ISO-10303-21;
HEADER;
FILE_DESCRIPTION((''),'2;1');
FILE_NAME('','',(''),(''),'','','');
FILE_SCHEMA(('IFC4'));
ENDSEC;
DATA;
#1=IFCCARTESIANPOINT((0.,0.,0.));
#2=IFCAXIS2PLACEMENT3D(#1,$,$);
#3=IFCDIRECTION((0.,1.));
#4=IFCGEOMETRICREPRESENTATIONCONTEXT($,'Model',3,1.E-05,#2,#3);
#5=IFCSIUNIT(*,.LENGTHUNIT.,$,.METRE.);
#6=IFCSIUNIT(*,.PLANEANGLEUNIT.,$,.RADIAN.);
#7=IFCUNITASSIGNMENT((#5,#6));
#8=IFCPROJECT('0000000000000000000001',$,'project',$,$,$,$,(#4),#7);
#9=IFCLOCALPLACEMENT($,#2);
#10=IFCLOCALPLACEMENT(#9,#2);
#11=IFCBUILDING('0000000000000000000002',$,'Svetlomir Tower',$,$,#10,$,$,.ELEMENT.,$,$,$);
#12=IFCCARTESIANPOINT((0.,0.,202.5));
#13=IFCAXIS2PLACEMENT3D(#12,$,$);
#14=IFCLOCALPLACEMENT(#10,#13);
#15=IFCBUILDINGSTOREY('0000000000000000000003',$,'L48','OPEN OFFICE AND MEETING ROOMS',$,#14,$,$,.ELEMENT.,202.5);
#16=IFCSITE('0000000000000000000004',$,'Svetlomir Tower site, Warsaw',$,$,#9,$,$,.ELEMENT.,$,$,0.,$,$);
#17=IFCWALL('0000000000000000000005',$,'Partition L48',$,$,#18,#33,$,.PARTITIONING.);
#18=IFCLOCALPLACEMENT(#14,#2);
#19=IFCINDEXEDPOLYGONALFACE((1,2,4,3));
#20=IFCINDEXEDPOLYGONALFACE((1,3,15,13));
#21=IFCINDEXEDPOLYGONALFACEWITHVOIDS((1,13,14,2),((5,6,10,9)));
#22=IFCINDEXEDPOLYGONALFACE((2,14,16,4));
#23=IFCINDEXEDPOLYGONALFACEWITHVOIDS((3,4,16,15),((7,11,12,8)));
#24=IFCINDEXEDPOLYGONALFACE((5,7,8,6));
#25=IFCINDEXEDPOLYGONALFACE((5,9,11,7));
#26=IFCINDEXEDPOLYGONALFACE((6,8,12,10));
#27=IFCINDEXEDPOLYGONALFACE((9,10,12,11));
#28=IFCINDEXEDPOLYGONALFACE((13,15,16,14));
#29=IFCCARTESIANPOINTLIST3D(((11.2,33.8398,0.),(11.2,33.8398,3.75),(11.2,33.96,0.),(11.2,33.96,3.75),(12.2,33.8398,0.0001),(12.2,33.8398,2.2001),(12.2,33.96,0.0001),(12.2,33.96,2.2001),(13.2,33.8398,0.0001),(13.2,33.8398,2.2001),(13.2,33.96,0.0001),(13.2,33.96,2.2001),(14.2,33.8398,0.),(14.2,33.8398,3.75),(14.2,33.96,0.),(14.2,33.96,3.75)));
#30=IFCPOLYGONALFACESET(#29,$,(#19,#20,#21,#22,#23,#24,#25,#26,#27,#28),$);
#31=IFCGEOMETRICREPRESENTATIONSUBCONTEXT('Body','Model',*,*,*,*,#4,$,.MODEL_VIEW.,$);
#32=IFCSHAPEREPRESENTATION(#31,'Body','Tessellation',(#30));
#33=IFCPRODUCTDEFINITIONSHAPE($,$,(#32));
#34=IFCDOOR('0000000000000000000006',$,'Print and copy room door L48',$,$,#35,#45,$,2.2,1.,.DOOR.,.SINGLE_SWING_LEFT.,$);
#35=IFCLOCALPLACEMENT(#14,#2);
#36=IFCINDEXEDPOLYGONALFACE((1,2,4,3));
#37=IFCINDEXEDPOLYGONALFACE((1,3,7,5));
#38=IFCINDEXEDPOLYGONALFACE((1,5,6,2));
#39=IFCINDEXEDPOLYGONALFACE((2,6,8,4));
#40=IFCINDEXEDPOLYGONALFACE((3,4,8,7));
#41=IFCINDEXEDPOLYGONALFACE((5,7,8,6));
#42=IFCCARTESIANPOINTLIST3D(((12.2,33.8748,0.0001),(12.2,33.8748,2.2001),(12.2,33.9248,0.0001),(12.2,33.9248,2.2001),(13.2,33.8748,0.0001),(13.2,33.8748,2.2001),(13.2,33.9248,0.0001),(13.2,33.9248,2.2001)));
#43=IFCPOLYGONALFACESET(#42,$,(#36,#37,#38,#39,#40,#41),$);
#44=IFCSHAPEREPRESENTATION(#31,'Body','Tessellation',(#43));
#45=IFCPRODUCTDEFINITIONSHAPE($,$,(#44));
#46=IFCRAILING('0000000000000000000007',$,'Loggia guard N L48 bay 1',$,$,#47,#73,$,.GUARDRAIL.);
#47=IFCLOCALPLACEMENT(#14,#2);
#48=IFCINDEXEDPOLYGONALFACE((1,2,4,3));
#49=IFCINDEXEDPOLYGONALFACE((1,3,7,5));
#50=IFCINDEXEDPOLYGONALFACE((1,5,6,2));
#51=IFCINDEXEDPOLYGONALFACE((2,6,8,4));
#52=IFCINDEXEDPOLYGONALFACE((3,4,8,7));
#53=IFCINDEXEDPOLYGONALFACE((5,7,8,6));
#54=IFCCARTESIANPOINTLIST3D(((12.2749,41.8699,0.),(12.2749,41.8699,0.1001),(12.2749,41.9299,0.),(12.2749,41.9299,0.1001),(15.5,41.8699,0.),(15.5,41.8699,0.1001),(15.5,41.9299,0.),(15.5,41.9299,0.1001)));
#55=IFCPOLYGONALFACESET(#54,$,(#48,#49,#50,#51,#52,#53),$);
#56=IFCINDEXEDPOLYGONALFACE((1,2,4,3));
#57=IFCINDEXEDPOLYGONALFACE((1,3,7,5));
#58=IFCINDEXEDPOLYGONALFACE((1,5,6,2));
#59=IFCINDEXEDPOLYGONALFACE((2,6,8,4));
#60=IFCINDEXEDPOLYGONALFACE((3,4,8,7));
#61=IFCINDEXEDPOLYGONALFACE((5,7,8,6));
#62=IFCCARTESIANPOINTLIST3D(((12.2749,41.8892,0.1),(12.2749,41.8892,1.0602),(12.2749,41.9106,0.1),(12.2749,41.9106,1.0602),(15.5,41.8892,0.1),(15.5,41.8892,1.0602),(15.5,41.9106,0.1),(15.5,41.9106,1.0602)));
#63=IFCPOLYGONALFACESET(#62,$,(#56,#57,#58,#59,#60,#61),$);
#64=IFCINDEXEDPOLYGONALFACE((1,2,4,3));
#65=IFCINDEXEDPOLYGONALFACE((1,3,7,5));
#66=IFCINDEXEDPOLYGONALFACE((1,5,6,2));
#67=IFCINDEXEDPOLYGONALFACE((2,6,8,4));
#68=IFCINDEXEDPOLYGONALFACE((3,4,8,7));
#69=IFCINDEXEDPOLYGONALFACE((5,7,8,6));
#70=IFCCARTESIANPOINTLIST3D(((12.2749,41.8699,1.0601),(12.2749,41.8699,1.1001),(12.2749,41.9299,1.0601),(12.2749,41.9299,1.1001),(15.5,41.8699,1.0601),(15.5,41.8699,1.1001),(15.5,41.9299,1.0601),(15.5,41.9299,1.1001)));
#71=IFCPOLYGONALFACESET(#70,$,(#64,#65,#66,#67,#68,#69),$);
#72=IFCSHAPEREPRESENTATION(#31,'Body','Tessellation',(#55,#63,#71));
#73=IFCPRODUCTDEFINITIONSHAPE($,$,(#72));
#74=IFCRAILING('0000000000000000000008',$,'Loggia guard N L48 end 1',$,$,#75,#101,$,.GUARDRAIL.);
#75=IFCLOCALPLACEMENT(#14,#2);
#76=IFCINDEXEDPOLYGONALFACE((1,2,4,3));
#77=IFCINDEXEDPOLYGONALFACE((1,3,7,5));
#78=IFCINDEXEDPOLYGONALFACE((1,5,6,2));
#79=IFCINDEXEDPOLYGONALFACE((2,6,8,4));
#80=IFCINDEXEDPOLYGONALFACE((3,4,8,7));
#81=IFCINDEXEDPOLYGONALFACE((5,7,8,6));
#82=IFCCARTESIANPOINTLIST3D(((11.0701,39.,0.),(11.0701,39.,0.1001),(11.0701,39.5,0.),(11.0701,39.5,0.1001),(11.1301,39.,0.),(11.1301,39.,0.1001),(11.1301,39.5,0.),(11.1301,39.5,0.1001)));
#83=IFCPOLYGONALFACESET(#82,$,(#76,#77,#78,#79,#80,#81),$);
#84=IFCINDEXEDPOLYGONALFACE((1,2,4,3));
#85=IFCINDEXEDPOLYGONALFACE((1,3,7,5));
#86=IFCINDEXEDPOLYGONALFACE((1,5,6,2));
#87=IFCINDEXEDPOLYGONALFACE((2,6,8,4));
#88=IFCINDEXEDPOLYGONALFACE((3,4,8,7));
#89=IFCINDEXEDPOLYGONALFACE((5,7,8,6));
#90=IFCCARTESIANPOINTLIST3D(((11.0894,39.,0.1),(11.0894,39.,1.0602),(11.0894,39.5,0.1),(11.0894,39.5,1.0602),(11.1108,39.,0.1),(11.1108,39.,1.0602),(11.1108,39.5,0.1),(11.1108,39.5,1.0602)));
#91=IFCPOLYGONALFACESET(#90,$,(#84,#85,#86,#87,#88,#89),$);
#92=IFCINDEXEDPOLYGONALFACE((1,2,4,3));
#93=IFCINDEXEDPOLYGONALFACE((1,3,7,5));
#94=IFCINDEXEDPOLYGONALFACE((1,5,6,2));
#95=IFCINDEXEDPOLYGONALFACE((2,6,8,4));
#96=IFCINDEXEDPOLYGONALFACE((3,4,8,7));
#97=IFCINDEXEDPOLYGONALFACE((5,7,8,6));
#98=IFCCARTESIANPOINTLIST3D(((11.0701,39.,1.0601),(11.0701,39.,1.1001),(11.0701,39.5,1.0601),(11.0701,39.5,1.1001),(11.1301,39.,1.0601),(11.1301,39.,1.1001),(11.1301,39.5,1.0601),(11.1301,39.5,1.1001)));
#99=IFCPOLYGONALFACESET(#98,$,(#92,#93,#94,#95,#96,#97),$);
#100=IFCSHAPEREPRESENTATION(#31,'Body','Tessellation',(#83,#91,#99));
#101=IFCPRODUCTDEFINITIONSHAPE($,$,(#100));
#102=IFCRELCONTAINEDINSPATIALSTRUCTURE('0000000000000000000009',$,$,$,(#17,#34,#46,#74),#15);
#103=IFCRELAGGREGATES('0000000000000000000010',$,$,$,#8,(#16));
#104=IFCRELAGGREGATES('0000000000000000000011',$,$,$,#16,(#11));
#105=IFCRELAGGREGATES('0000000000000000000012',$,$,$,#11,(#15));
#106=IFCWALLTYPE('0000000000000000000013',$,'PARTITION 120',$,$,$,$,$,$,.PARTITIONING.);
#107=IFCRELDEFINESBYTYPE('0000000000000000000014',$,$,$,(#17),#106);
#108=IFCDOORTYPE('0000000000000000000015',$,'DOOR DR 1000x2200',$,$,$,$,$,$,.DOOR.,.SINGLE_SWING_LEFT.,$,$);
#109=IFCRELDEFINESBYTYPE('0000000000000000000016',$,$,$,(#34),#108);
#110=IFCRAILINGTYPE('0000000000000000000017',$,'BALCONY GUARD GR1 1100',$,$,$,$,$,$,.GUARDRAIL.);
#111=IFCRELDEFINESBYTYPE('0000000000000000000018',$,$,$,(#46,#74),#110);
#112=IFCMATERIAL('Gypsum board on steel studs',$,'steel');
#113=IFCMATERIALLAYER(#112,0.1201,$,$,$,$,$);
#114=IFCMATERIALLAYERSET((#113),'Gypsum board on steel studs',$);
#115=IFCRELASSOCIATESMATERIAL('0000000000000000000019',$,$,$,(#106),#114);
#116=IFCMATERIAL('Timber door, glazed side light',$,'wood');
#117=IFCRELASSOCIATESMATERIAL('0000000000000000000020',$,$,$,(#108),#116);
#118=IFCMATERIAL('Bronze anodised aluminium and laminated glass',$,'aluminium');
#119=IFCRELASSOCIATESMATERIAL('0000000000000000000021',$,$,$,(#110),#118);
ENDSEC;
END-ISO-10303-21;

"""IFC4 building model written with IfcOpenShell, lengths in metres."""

from ifc_helpers import new_model, si_unit, direction, frame, frame_2d, origin, origin_2d, place, context, subcontext, project, spatial, rectangle, extrude, material, layer, layer_set, type_object, element, fill, save


model = new_model("IFC4")

# Units and contexts
model_context = context("Model", 3, precision=1e-05, world=origin(), true_north=direction((0.0, 1.0)))
body_context = subcontext(model_context, "Body", "Model", "MODEL_VIEW")
ifc_project = project(units=[si_unit("LENGTHUNIT", "METRE"), si_unit("PLANEANGLEUNIT", "RADIAN")], contexts=[model_context])

# Site, building, storey
site_placement = place(None, origin())
site = spatial("IfcSite", under=ifc_project, at=site_placement, Name="Svetlomir Tower site, Warsaw", CompositionType="ELEMENT", RefElevation=0.0)
building_placement = place(site_placement, origin())
building = spatial("IfcBuilding", under=site, at=building_placement, Name="Svetlomir Tower", CompositionType="ELEMENT")
storey_placement = place(building_placement, frame((0.0, 0.0, 202.5)))
storey = spatial("IfcBuildingStorey", under=building, at=storey_placement, Name="L48", Description="OPEN OFFICE AND MEETING ROOMS", CompositionType="ELEMENT", Elevation=202.5)

# Wall, opening, door
ifc_material_1 = material(Name="Gypsum board on steel studs", Category="steel")
ifc_layer_1 = layer(ifc_material_1, 0.1201)
ifc_layer_set_1 = layer_set([ifc_layer_1], Name="Gypsum board on steel studs")
wall_type = type_object("IfcWallType", Name="PARTITION 120", PredefinedType="PARTITIONING", material=ifc_layer_set_1)
wall_placement = place(storey_placement, frame((11.2, 33.8999, 0.0), z_axis=(0.0, 0.0, 1.0), x_axis=(1.0, 0.0, 0.0)))
wall = element("IfcWall", 1, at=wall_placement, inside=storey, type_object=wall_type, Name="Partition L48", PredefinedType="PARTITIONING", context=body_context, shape_type="SweptSolid", body=[
    extrude(rectangle(XDim=3.0, YDim=0.1201, at=frame_2d((1.5, 0.0))), origin(), (0.0, 0.0, 1.0), 3.75),
])
opening_placement = place(wall_placement, frame((1.0, 0.0, 0.0)))
opening = element("IfcOpeningElement", 2, at=opening_placement, cuts=wall, PredefinedType="OPENING", context=body_context, shape_type="SweptSolid", body=[
    extrude(rectangle(XDim=1.0, YDim=2.2, at=frame_2d((0.5, 1.1001))), frame((0.0, 0.0701, 0.0), z_axis=(0.0, -1.0, 0.0), x_axis=(1.0, 0.0, 0.0)), (0.0, 0.0, 1.0), 0.1401),
])
ifc_material_2 = material(Name="Timber door, glazed side light", Category="wood")
door_type = type_object("IfcDoorType", Name="DOOR DR 1000x2200", OperationType="SINGLE_SWING_LEFT", PredefinedType="DOOR", material=ifc_material_2)
door_placement = place(opening_placement, origin())
door = element("IfcDoor", 3, at=door_placement, inside=storey, type_object=door_type, Name="Print and copy room door L48", OperationType="SINGLE_SWING_LEFT", OverallHeight=2.2, OverallWidth=1.0, PredefinedType="DOOR", context=body_context, shape_type="SweptSolid", body=[
    extrude(rectangle(XDim=1.0, YDim=2.2, at=frame_2d((0.5, 1.1001))), frame((0.0, 0.0249, 0.0), z_axis=(0.0, -1.0, 0.0), x_axis=(1.0, 0.0, 0.0)), (0.0, 0.0, 1.0), 0.05),
])
fill(opening, door)

# Railings
ifc_material_3 = material(Name="Bronze anodised aluminium and laminated glass", Category="aluminium")
railing_type = type_object("IfcRailingType", Name="BALCONY GUARD GR1 1100", PredefinedType="GUARDRAIL", material=ifc_material_3)
railing_1_placement = place(storey_placement, frame((12.2749, 41.8999, 0.0)))
element("IfcRailing", 4, at=railing_1_placement, inside=storey, type_object=railing_type, Name="Loggia guard N L48 bay 1", PredefinedType="GUARDRAIL", context=body_context, shape_type="SweptSolid", body=[
    extrude(rectangle(XDim=0.0601, YDim=0.1001, at=origin_2d()), frame((0.0, 0.0, 0.05), z_axis=(1.0, 0.0, 0.0), x_axis=(0.0, 1.0, 0.0)), (0.0, 0.0, 1.0), 3.2251),
    extrude(rectangle(XDim=0.0215, YDim=0.9602, at=origin_2d()), frame((0.0, 0.0, 0.5801), z_axis=(1.0, 0.0, 0.0), x_axis=(0.0, 1.0, 0.0)), (0.0, 0.0, 1.0), 3.2251),
    extrude(rectangle(XDim=0.0601, YDim=0.04, at=origin_2d()), frame((0.0, 0.0, 1.0801), z_axis=(1.0, 0.0, 0.0), x_axis=(0.0, 1.0, 0.0)), (0.0, 0.0, 1.0), 3.2251),
])
railing_2_placement = place(storey_placement, frame((11.1001, 39.5, 0.0)))
element("IfcRailing", 5, at=railing_2_placement, inside=storey, type_object=railing_type, Name="Loggia guard N L48 end 1", PredefinedType="GUARDRAIL", context=body_context, shape_type="SweptSolid", body=[
    extrude(rectangle(XDim=0.0601, YDim=0.1001, at=origin_2d()), frame((0.0, 0.0, 0.05), z_axis=(0.0, -1.0, 0.0), x_axis=(1.0, 0.0, 0.0)), (0.0, 0.0, 1.0), 0.5),
    extrude(rectangle(XDim=0.0215, YDim=0.9602, at=origin_2d()), frame((0.0, 0.0, 0.5801), z_axis=(0.0, -1.0, 0.0), x_axis=(1.0, 0.0, 0.0)), (0.0, 0.0, 1.0), 0.5),
    extrude(rectangle(XDim=0.0601, YDim=0.04, at=origin_2d()), frame((0.0, 0.0, 1.0801), z_axis=(0.0, -1.0, 0.0), x_axis=(1.0, 0.0, 0.0)), (0.0, 0.0, 1.0), 0.5),
])

save(model, "model.ifc")
